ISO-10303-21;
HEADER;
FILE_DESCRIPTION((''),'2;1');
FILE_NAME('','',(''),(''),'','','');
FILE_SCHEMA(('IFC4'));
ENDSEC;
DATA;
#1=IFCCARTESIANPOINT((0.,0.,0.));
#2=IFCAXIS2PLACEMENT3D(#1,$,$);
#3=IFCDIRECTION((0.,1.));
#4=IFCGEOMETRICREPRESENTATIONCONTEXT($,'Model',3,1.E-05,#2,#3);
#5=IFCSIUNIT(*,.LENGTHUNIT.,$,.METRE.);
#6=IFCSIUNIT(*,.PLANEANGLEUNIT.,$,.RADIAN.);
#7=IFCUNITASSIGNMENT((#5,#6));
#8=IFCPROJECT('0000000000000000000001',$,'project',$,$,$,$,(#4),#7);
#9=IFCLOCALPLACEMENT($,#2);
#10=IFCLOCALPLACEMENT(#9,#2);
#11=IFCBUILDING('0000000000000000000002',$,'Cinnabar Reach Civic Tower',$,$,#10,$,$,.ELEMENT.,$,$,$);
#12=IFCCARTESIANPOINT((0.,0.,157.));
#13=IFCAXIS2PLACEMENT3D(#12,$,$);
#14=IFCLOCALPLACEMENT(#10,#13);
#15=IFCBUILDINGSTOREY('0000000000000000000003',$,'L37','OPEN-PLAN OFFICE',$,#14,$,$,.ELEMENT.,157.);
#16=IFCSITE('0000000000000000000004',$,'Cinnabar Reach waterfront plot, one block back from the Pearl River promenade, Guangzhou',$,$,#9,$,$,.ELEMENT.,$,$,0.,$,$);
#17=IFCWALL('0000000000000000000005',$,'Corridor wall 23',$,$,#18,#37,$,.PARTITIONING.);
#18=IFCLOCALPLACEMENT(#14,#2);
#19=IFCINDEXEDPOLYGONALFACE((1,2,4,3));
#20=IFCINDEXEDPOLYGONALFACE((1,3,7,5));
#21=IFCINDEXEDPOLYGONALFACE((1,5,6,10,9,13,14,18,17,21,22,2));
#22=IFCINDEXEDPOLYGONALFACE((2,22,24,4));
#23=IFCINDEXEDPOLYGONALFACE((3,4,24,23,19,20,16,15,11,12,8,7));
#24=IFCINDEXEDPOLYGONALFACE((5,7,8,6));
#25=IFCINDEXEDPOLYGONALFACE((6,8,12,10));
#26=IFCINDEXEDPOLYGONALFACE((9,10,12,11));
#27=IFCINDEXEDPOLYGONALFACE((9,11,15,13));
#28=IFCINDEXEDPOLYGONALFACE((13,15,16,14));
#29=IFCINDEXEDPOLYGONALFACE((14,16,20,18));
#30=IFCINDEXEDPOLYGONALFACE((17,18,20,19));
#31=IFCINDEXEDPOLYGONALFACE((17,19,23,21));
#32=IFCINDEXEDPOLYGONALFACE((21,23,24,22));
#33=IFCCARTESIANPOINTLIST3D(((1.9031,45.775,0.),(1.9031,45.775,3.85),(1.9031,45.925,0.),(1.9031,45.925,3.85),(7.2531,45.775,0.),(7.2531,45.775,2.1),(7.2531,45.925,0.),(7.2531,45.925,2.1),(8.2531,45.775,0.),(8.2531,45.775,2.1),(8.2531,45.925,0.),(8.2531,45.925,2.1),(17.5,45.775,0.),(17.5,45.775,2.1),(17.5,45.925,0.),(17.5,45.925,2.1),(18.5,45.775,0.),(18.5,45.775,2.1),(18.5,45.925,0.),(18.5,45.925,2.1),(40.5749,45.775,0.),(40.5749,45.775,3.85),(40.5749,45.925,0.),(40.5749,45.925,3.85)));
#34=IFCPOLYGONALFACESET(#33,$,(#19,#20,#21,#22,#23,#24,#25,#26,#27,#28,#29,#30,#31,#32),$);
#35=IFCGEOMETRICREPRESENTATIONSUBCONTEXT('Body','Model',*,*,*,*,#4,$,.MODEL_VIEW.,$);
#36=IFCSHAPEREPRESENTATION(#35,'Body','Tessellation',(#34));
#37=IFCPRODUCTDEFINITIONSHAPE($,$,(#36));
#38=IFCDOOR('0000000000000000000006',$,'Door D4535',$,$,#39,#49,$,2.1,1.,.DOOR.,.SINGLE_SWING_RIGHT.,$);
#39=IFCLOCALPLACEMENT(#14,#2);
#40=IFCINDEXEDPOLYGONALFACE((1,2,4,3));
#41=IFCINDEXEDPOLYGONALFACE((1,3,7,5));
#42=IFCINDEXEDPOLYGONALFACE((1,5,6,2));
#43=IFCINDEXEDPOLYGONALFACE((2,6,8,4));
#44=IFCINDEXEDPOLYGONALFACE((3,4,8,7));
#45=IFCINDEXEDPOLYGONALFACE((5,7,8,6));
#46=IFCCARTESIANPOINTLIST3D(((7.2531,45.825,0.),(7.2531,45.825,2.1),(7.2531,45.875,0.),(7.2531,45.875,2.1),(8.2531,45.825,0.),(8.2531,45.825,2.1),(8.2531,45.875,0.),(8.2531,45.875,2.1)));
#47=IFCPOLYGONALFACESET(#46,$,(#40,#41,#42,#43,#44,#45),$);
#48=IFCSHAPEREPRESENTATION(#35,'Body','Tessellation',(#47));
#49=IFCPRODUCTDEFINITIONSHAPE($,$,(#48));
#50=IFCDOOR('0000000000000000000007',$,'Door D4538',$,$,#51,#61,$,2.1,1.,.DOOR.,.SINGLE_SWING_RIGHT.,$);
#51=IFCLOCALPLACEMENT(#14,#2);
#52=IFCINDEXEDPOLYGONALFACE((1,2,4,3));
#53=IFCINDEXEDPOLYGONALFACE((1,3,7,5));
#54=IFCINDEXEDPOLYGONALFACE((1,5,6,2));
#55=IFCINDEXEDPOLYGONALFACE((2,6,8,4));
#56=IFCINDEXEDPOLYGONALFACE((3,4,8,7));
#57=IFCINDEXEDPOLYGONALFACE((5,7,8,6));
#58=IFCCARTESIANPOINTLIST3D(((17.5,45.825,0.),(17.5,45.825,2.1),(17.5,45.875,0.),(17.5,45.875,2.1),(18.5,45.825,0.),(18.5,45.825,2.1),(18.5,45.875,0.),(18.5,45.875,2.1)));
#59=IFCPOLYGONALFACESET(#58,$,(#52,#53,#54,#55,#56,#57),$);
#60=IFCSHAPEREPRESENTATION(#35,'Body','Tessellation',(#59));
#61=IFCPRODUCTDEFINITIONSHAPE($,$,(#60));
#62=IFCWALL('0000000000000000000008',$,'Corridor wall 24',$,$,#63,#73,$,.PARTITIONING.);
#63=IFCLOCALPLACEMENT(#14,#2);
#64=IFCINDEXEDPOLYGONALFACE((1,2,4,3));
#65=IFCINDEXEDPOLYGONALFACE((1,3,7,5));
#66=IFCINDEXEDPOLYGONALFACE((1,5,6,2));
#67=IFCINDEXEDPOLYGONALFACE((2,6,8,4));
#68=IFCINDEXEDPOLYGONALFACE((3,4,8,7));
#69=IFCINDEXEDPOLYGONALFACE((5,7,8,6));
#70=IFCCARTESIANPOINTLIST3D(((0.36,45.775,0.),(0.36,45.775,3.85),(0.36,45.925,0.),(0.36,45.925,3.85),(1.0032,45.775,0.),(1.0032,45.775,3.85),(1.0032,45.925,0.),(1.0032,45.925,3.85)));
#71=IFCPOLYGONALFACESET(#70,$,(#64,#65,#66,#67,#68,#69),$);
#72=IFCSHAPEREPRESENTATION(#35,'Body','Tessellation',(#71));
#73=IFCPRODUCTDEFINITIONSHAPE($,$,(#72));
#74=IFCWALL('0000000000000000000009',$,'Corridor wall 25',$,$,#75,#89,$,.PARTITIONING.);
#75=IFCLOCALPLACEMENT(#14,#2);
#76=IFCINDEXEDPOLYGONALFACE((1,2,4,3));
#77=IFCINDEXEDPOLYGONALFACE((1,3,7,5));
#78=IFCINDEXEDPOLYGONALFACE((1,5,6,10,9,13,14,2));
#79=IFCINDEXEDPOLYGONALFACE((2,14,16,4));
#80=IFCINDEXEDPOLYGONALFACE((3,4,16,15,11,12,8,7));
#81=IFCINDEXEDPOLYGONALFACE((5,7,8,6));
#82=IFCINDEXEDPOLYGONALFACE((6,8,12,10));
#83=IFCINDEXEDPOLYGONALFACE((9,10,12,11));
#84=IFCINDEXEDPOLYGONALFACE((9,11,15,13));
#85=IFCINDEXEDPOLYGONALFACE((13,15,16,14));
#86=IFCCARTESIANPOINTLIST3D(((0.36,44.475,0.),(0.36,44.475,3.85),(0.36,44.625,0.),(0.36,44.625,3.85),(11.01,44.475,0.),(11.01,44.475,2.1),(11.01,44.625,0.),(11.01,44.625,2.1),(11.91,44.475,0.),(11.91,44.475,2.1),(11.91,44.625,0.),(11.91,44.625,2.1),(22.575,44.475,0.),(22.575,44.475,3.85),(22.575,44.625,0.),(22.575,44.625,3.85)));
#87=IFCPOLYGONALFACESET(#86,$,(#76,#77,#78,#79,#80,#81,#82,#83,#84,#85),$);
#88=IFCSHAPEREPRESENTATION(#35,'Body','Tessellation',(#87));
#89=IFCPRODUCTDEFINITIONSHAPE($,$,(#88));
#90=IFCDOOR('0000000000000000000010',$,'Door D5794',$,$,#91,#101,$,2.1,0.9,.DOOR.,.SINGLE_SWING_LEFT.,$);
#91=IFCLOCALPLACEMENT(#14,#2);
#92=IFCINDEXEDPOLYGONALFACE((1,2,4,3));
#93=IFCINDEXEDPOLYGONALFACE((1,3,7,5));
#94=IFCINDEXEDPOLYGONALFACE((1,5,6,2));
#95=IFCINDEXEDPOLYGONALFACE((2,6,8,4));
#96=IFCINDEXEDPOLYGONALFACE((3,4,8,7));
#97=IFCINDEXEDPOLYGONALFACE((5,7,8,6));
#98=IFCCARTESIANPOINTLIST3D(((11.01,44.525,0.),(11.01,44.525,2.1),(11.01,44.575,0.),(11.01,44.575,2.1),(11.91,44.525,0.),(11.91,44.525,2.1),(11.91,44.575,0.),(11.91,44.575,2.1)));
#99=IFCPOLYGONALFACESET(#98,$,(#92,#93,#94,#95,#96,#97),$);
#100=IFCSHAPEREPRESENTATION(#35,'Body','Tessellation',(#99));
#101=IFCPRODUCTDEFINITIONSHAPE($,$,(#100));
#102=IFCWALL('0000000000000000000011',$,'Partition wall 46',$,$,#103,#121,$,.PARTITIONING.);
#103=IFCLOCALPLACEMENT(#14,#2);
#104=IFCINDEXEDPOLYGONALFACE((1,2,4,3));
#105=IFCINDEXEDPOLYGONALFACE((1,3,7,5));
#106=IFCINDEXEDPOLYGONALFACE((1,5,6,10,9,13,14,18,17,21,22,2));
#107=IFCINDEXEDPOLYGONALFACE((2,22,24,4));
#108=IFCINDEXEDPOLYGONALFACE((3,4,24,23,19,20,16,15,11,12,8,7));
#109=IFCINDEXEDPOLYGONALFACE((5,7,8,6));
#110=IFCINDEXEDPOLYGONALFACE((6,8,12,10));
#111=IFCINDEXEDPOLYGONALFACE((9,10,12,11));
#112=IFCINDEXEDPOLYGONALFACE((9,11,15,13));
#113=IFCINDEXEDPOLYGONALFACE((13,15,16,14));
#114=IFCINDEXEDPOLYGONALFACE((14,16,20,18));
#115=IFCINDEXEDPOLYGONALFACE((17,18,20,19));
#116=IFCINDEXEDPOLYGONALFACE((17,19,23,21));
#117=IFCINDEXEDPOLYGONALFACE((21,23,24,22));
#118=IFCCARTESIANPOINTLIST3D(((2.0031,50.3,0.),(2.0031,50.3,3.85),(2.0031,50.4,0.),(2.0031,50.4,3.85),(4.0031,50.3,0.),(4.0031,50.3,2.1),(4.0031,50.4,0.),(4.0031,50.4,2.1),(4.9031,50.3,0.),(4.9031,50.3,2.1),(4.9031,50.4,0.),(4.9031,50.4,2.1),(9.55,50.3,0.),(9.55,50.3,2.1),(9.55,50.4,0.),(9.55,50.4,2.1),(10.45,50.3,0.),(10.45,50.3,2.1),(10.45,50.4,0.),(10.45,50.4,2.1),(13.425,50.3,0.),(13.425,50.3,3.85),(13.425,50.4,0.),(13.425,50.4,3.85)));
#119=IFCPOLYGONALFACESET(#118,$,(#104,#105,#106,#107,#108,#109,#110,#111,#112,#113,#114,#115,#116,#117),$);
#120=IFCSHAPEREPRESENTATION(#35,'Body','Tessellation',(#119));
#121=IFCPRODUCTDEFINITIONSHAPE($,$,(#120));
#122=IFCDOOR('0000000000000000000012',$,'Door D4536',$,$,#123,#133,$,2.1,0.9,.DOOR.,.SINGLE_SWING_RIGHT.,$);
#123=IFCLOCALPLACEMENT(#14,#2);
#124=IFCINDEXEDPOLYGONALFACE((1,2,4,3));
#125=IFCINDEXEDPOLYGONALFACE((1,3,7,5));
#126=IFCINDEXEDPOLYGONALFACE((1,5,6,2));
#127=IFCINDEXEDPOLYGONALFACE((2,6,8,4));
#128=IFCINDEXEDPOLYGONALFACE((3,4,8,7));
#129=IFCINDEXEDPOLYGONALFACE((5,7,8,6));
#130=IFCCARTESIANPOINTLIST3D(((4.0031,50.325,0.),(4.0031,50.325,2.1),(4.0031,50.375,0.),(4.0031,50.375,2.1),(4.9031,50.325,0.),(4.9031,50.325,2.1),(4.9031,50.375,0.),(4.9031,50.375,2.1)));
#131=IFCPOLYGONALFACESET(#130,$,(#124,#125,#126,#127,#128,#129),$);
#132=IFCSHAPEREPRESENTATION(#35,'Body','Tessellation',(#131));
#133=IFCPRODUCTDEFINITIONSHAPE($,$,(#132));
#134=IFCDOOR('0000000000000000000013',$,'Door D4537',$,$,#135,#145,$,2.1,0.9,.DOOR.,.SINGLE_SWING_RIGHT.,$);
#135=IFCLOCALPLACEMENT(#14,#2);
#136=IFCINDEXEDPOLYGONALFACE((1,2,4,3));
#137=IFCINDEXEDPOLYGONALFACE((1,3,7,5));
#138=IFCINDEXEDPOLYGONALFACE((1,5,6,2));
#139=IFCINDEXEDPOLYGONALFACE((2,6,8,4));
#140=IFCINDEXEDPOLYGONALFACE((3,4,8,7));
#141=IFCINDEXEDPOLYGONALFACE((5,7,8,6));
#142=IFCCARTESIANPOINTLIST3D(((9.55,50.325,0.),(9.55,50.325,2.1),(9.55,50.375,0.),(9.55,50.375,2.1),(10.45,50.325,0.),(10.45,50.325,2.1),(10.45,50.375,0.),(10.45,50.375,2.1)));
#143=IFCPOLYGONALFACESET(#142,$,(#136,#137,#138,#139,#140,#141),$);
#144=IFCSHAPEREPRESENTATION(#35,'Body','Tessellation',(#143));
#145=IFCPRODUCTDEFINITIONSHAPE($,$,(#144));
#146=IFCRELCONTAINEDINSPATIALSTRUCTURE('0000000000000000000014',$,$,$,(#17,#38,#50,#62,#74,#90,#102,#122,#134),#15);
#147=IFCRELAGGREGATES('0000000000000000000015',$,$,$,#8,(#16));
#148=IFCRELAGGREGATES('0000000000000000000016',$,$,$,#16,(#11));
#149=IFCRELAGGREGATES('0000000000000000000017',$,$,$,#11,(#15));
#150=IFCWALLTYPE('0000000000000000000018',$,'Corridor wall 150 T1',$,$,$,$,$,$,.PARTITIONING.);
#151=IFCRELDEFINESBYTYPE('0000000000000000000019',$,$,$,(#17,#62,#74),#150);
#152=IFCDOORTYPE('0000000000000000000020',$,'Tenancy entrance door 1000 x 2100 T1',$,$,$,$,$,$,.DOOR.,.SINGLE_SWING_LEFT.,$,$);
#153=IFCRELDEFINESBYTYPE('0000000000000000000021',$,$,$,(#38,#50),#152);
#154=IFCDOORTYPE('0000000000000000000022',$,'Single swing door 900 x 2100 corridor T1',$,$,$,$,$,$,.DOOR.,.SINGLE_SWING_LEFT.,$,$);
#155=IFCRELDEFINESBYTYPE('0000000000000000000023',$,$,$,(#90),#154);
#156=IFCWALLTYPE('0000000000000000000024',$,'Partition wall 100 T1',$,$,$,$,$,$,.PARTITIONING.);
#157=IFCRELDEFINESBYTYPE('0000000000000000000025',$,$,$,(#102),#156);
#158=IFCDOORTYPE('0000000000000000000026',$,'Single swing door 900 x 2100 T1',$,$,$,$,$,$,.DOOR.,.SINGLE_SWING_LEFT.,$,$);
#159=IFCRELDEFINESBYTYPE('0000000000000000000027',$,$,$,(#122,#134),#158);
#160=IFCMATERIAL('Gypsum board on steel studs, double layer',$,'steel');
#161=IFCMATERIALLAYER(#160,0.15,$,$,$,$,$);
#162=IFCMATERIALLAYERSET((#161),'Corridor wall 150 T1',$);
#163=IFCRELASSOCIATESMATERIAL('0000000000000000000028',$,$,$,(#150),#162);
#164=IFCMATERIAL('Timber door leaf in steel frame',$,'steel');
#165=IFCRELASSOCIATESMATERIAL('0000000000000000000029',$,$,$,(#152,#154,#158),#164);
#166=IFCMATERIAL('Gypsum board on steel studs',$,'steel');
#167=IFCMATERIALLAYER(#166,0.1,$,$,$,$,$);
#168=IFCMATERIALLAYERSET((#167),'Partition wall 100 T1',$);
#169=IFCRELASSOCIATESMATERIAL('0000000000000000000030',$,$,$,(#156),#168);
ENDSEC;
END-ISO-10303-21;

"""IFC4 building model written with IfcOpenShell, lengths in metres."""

from ifc_helpers import new_model, si_unit, direction, frame, frame_2d, origin, place, context, subcontext, project, spatial, rectangle, extrude, material, layer, layer_set, type_object, element, fill, save


model = new_model("IFC4")

# Units and contexts
model_context = context("Model", 3, precision=1e-05, world=origin(), true_north=direction((0.0, 1.0)))
body_context = subcontext(model_context, "Body", "Model", "MODEL_VIEW")
ifc_project = project(units=[si_unit("LENGTHUNIT", "METRE"), si_unit("PLANEANGLEUNIT", "RADIAN")], contexts=[model_context])

# Site, building, storey
site_placement = place(None, origin())
site = spatial("IfcSite", under=ifc_project, at=site_placement, Name="Cinnabar Reach waterfront plot, one block back from the Pearl River promenade, Guangzhou", CompositionType="ELEMENT", RefElevation=0.0)
building_placement = place(site_placement, origin())
building = spatial("IfcBuilding", under=site, at=building_placement, Name="Cinnabar Reach Civic Tower", CompositionType="ELEMENT")
storey_placement = place(building_placement, frame((0.0, 0.0, 157.0)))
storey = spatial("IfcBuildingStorey", under=building, at=storey_placement, Name="L37", Description="OPEN-PLAN OFFICE", CompositionType="ELEMENT", Elevation=157.0)

# Wall, openings, doors
ifc_material_1 = material(Name="Gypsum board on steel studs, double layer", Category="steel")
ifc_layer_1 = layer(ifc_material_1, 0.15)
ifc_layer_set_1 = layer_set([ifc_layer_1], Name="Corridor wall 150 T1")
wall_type_1 = type_object("IfcWallType", Name="Corridor wall 150 T1", PredefinedType="PARTITIONING", material=ifc_layer_set_1)
wall_1_placement = place(storey_placement, frame((1.9031, 45.85, 0.0), z_axis=(0.0, 0.0, 1.0), x_axis=(1.0, 0.0, 0.0)))
wall_1 = element("IfcWall", 1, at=wall_1_placement, inside=storey, type_object=wall_type_1, Name="Corridor wall 23", PredefinedType="PARTITIONING", context=body_context, shape_type="SweptSolid", body=[
    extrude(rectangle(XDim=38.6718, YDim=0.15, at=frame_2d((19.3359, 0.0))), origin(), (0.0, 0.0, 1.0), 3.85),
])
opening_1_placement = place(wall_1_placement, frame((5.35, 0.0, 0.0)))
opening_1 = element("IfcOpeningElement", 2, at=opening_1_placement, cuts=wall_1, PredefinedType="OPENING", context=body_context, shape_type="SweptSolid", body=[
    extrude(rectangle(XDim=1.0, YDim=2.1, at=frame_2d((0.5, 1.05))), frame((0.0, 0.085, 0.0), z_axis=(0.0, -1.0, 0.0), x_axis=(1.0, 0.0, 0.0)), (0.0, 0.0, 1.0), 0.17),
])
opening_2_placement = place(wall_1_placement, frame((15.5969, 0.0, 0.0)))
opening_2 = element("IfcOpeningElement", 3, at=opening_2_placement, cuts=wall_1, PredefinedType="OPENING", context=body_context, shape_type="SweptSolid", body=[
    extrude(rectangle(XDim=1.0, YDim=2.1, at=frame_2d((0.5, 1.05))), frame((0.0, 0.085, 0.0), z_axis=(0.0, -1.0, 0.0), x_axis=(1.0, 0.0, 0.0)), (0.0, 0.0, 1.0), 0.17),
])
ifc_material_2 = material(Name="Timber door leaf in steel frame", Category="steel")
door_type_1 = type_object("IfcDoorType", Name="Tenancy entrance door 1000 x 2100 T1", OperationType="SINGLE_SWING_LEFT", PredefinedType="DOOR", material=ifc_material_2)
door_1_placement = place(opening_1_placement, origin())
door_1 = element("IfcDoor", 4, at=door_1_placement, inside=storey, type_object=door_type_1, Name="Door D4535", OperationType="SINGLE_SWING_RIGHT", OverallHeight=2.1, OverallWidth=1.0, PredefinedType="DOOR", context=body_context, shape_type="SweptSolid", body=[
    extrude(rectangle(XDim=1.0, YDim=2.1, at=frame_2d((0.5, 1.05))), frame((0.0, 0.025, 0.0), z_axis=(0.0, -1.0, 0.0), x_axis=(1.0, 0.0, 0.0)), (0.0, 0.0, 1.0), 0.05),
])
fill(opening_1, door_1)
door_2_placement = place(opening_2_placement, origin())
door_2 = element("IfcDoor", 5, at=door_2_placement, inside=storey, type_object=door_type_1, Name="Door D4538", OperationType="SINGLE_SWING_RIGHT", OverallHeight=2.1, OverallWidth=1.0, PredefinedType="DOOR", context=body_context, shape_type="SweptSolid", body=[
    extrude(rectangle(XDim=1.0, YDim=2.1, at=frame_2d((0.5, 1.05))), frame((0.0, 0.025, 0.0), z_axis=(0.0, -1.0, 0.0), x_axis=(1.0, 0.0, 0.0)), (0.0, 0.0, 1.0), 0.05),
])
fill(opening_2, door_2)

# Wall
wall_2_placement = place(storey_placement, frame((0.36, 45.85, 0.0), z_axis=(0.0, 0.0, 1.0), x_axis=(1.0, 0.0, 0.0)))
element("IfcWall", 6, at=wall_2_placement, inside=storey, type_object=wall_type_1, Name="Corridor wall 24", PredefinedType="PARTITIONING", context=body_context, shape_type="SweptSolid", body=[
    extrude(rectangle(XDim=0.6431, YDim=0.15, at=frame_2d((0.3216, 0.0))), origin(), (0.0, 0.0, 1.0), 3.85),
])

# Wall, opening, door
wall_3_placement = place(storey_placement, frame((0.36, 44.55, 0.0), z_axis=(0.0, 0.0, 1.0), x_axis=(1.0, 0.0, 0.0)))
wall_3 = element("IfcWall", 7, at=wall_3_placement, inside=storey, type_object=wall_type_1, Name="Corridor wall 25", PredefinedType="PARTITIONING", context=body_context, shape_type="SweptSolid", body=[
    extrude(rectangle(XDim=22.215, YDim=0.15, at=frame_2d((11.1075, 0.0))), origin(), (0.0, 0.0, 1.0), 3.85),
])
opening_3_placement = place(wall_3_placement, frame((10.65, 0.0, 0.0)))
opening_3 = element("IfcOpeningElement", 8, at=opening_3_placement, cuts=wall_3, PredefinedType="OPENING", context=body_context, shape_type="SweptSolid", body=[
    extrude(rectangle(XDim=0.9, YDim=2.1, at=frame_2d((0.45, 1.05))), frame((0.0, 0.085, 0.0), z_axis=(0.0, -1.0, 0.0), x_axis=(1.0, 0.0, 0.0)), (0.0, 0.0, 1.0), 0.17),
])
door_type_2 = type_object("IfcDoorType", Name="Single swing door 900 x 2100 corridor T1", OperationType="SINGLE_SWING_LEFT", PredefinedType="DOOR", material=ifc_material_2)
door_3_placement = place(opening_3_placement, frame((0.9, 0.0, 0.0), z_axis=(0.0, 0.0, 1.0), x_axis=(-1.0, 0.0, 0.0)))
door_3 = element("IfcDoor", 9, at=door_3_placement, inside=storey, type_object=door_type_2, Name="Door D5794", OperationType="SINGLE_SWING_LEFT", OverallHeight=2.1, OverallWidth=0.9, PredefinedType="DOOR", context=body_context, shape_type="SweptSolid", body=[
    extrude(rectangle(XDim=0.9, YDim=2.1, at=frame_2d((0.45, 1.05))), frame((0.0, 0.025, 0.0), z_axis=(0.0, -1.0, 0.0), x_axis=(1.0, 0.0, 0.0)), (0.0, 0.0, 1.0), 0.05),
])
fill(opening_3, door_3)

# Wall, openings, doors
ifc_material_3 = material(Name="Gypsum board on steel studs", Category="steel")
ifc_layer_2 = layer(ifc_material_3, 0.1)
ifc_layer_set_2 = layer_set([ifc_layer_2], Name="Partition wall 100 T1")
wall_type_2 = type_object("IfcWallType", Name="Partition wall 100 T1", PredefinedType="PARTITIONING", material=ifc_layer_set_2)
wall_4_placement = place(storey_placement, frame((2.0031, 50.35, 0.0), z_axis=(0.0, 0.0, 1.0), x_axis=(1.0, 0.0, 0.0)))
wall_4 = element("IfcWall", 10, at=wall_4_placement, inside=storey, type_object=wall_type_2, Name="Partition wall 46", PredefinedType="PARTITIONING", context=body_context, shape_type="SweptSolid", body=[
    extrude(rectangle(XDim=11.4219, YDim=0.1, at=frame_2d((5.711, 0.0))), origin(), (0.0, 0.0, 1.0), 3.85),
])
opening_4_placement = place(wall_4_placement, frame((2.0, 0.0, 0.0)))
opening_4 = element("IfcOpeningElement", 11, at=opening_4_placement, cuts=wall_4, PredefinedType="OPENING", context=body_context, shape_type="SweptSolid", body=[
    extrude(rectangle(XDim=0.9, YDim=2.1, at=frame_2d((0.45, 1.05))), frame((0.0, 0.06, 0.0), z_axis=(0.0, -1.0, 0.0), x_axis=(1.0, 0.0, 0.0)), (0.0, 0.0, 1.0), 0.12),
])
opening_5_placement = place(wall_4_placement, frame((7.5469, 0.0, 0.0)))
opening_5 = element("IfcOpeningElement", 12, at=opening_5_placement, cuts=wall_4, PredefinedType="OPENING", context=body_context, shape_type="SweptSolid", body=[
    extrude(rectangle(XDim=0.9, YDim=2.1, at=frame_2d((0.45, 1.05))), frame((0.0, 0.06, 0.0), z_axis=(0.0, -1.0, 0.0), x_axis=(1.0, 0.0, 0.0)), (0.0, 0.0, 1.0), 0.12),
])
door_type_3 = type_object("IfcDoorType", Name="Single swing door 900 x 2100 T1", OperationType="SINGLE_SWING_LEFT", PredefinedType="DOOR", material=ifc_material_2)
door_4_placement = place(opening_4_placement, origin())
door_4 = element("IfcDoor", 13, at=door_4_placement, inside=storey, type_object=door_type_3, Name="Door D4536", OperationType="SINGLE_SWING_RIGHT", OverallHeight=2.1, OverallWidth=0.9, PredefinedType="DOOR", context=body_context, shape_type="SweptSolid", body=[
    extrude(rectangle(XDim=0.9, YDim=2.1, at=frame_2d((0.45, 1.05))), frame((0.0, 0.025, 0.0), z_axis=(0.0, -1.0, 0.0), x_axis=(1.0, 0.0, 0.0)), (0.0, 0.0, 1.0), 0.05),
])
fill(opening_4, door_4)
door_5_placement = place(opening_5_placement, origin())
door_5 = element("IfcDoor", 14, at=door_5_placement, inside=storey, type_object=door_type_3, Name="Door D4537", OperationType="SINGLE_SWING_RIGHT", OverallHeight=2.1, OverallWidth=0.9, PredefinedType="DOOR", context=body_context, shape_type="SweptSolid", body=[
    extrude(rectangle(XDim=0.9, YDim=2.1, at=frame_2d((0.45, 1.05))), frame((0.0, 0.025, 0.0), z_axis=(0.0, -1.0, 0.0), x_axis=(1.0, 0.0, 0.0)), (0.0, 0.0, 1.0), 0.05),
])
fill(opening_5, door_5)

save(model, "model.ifc")
